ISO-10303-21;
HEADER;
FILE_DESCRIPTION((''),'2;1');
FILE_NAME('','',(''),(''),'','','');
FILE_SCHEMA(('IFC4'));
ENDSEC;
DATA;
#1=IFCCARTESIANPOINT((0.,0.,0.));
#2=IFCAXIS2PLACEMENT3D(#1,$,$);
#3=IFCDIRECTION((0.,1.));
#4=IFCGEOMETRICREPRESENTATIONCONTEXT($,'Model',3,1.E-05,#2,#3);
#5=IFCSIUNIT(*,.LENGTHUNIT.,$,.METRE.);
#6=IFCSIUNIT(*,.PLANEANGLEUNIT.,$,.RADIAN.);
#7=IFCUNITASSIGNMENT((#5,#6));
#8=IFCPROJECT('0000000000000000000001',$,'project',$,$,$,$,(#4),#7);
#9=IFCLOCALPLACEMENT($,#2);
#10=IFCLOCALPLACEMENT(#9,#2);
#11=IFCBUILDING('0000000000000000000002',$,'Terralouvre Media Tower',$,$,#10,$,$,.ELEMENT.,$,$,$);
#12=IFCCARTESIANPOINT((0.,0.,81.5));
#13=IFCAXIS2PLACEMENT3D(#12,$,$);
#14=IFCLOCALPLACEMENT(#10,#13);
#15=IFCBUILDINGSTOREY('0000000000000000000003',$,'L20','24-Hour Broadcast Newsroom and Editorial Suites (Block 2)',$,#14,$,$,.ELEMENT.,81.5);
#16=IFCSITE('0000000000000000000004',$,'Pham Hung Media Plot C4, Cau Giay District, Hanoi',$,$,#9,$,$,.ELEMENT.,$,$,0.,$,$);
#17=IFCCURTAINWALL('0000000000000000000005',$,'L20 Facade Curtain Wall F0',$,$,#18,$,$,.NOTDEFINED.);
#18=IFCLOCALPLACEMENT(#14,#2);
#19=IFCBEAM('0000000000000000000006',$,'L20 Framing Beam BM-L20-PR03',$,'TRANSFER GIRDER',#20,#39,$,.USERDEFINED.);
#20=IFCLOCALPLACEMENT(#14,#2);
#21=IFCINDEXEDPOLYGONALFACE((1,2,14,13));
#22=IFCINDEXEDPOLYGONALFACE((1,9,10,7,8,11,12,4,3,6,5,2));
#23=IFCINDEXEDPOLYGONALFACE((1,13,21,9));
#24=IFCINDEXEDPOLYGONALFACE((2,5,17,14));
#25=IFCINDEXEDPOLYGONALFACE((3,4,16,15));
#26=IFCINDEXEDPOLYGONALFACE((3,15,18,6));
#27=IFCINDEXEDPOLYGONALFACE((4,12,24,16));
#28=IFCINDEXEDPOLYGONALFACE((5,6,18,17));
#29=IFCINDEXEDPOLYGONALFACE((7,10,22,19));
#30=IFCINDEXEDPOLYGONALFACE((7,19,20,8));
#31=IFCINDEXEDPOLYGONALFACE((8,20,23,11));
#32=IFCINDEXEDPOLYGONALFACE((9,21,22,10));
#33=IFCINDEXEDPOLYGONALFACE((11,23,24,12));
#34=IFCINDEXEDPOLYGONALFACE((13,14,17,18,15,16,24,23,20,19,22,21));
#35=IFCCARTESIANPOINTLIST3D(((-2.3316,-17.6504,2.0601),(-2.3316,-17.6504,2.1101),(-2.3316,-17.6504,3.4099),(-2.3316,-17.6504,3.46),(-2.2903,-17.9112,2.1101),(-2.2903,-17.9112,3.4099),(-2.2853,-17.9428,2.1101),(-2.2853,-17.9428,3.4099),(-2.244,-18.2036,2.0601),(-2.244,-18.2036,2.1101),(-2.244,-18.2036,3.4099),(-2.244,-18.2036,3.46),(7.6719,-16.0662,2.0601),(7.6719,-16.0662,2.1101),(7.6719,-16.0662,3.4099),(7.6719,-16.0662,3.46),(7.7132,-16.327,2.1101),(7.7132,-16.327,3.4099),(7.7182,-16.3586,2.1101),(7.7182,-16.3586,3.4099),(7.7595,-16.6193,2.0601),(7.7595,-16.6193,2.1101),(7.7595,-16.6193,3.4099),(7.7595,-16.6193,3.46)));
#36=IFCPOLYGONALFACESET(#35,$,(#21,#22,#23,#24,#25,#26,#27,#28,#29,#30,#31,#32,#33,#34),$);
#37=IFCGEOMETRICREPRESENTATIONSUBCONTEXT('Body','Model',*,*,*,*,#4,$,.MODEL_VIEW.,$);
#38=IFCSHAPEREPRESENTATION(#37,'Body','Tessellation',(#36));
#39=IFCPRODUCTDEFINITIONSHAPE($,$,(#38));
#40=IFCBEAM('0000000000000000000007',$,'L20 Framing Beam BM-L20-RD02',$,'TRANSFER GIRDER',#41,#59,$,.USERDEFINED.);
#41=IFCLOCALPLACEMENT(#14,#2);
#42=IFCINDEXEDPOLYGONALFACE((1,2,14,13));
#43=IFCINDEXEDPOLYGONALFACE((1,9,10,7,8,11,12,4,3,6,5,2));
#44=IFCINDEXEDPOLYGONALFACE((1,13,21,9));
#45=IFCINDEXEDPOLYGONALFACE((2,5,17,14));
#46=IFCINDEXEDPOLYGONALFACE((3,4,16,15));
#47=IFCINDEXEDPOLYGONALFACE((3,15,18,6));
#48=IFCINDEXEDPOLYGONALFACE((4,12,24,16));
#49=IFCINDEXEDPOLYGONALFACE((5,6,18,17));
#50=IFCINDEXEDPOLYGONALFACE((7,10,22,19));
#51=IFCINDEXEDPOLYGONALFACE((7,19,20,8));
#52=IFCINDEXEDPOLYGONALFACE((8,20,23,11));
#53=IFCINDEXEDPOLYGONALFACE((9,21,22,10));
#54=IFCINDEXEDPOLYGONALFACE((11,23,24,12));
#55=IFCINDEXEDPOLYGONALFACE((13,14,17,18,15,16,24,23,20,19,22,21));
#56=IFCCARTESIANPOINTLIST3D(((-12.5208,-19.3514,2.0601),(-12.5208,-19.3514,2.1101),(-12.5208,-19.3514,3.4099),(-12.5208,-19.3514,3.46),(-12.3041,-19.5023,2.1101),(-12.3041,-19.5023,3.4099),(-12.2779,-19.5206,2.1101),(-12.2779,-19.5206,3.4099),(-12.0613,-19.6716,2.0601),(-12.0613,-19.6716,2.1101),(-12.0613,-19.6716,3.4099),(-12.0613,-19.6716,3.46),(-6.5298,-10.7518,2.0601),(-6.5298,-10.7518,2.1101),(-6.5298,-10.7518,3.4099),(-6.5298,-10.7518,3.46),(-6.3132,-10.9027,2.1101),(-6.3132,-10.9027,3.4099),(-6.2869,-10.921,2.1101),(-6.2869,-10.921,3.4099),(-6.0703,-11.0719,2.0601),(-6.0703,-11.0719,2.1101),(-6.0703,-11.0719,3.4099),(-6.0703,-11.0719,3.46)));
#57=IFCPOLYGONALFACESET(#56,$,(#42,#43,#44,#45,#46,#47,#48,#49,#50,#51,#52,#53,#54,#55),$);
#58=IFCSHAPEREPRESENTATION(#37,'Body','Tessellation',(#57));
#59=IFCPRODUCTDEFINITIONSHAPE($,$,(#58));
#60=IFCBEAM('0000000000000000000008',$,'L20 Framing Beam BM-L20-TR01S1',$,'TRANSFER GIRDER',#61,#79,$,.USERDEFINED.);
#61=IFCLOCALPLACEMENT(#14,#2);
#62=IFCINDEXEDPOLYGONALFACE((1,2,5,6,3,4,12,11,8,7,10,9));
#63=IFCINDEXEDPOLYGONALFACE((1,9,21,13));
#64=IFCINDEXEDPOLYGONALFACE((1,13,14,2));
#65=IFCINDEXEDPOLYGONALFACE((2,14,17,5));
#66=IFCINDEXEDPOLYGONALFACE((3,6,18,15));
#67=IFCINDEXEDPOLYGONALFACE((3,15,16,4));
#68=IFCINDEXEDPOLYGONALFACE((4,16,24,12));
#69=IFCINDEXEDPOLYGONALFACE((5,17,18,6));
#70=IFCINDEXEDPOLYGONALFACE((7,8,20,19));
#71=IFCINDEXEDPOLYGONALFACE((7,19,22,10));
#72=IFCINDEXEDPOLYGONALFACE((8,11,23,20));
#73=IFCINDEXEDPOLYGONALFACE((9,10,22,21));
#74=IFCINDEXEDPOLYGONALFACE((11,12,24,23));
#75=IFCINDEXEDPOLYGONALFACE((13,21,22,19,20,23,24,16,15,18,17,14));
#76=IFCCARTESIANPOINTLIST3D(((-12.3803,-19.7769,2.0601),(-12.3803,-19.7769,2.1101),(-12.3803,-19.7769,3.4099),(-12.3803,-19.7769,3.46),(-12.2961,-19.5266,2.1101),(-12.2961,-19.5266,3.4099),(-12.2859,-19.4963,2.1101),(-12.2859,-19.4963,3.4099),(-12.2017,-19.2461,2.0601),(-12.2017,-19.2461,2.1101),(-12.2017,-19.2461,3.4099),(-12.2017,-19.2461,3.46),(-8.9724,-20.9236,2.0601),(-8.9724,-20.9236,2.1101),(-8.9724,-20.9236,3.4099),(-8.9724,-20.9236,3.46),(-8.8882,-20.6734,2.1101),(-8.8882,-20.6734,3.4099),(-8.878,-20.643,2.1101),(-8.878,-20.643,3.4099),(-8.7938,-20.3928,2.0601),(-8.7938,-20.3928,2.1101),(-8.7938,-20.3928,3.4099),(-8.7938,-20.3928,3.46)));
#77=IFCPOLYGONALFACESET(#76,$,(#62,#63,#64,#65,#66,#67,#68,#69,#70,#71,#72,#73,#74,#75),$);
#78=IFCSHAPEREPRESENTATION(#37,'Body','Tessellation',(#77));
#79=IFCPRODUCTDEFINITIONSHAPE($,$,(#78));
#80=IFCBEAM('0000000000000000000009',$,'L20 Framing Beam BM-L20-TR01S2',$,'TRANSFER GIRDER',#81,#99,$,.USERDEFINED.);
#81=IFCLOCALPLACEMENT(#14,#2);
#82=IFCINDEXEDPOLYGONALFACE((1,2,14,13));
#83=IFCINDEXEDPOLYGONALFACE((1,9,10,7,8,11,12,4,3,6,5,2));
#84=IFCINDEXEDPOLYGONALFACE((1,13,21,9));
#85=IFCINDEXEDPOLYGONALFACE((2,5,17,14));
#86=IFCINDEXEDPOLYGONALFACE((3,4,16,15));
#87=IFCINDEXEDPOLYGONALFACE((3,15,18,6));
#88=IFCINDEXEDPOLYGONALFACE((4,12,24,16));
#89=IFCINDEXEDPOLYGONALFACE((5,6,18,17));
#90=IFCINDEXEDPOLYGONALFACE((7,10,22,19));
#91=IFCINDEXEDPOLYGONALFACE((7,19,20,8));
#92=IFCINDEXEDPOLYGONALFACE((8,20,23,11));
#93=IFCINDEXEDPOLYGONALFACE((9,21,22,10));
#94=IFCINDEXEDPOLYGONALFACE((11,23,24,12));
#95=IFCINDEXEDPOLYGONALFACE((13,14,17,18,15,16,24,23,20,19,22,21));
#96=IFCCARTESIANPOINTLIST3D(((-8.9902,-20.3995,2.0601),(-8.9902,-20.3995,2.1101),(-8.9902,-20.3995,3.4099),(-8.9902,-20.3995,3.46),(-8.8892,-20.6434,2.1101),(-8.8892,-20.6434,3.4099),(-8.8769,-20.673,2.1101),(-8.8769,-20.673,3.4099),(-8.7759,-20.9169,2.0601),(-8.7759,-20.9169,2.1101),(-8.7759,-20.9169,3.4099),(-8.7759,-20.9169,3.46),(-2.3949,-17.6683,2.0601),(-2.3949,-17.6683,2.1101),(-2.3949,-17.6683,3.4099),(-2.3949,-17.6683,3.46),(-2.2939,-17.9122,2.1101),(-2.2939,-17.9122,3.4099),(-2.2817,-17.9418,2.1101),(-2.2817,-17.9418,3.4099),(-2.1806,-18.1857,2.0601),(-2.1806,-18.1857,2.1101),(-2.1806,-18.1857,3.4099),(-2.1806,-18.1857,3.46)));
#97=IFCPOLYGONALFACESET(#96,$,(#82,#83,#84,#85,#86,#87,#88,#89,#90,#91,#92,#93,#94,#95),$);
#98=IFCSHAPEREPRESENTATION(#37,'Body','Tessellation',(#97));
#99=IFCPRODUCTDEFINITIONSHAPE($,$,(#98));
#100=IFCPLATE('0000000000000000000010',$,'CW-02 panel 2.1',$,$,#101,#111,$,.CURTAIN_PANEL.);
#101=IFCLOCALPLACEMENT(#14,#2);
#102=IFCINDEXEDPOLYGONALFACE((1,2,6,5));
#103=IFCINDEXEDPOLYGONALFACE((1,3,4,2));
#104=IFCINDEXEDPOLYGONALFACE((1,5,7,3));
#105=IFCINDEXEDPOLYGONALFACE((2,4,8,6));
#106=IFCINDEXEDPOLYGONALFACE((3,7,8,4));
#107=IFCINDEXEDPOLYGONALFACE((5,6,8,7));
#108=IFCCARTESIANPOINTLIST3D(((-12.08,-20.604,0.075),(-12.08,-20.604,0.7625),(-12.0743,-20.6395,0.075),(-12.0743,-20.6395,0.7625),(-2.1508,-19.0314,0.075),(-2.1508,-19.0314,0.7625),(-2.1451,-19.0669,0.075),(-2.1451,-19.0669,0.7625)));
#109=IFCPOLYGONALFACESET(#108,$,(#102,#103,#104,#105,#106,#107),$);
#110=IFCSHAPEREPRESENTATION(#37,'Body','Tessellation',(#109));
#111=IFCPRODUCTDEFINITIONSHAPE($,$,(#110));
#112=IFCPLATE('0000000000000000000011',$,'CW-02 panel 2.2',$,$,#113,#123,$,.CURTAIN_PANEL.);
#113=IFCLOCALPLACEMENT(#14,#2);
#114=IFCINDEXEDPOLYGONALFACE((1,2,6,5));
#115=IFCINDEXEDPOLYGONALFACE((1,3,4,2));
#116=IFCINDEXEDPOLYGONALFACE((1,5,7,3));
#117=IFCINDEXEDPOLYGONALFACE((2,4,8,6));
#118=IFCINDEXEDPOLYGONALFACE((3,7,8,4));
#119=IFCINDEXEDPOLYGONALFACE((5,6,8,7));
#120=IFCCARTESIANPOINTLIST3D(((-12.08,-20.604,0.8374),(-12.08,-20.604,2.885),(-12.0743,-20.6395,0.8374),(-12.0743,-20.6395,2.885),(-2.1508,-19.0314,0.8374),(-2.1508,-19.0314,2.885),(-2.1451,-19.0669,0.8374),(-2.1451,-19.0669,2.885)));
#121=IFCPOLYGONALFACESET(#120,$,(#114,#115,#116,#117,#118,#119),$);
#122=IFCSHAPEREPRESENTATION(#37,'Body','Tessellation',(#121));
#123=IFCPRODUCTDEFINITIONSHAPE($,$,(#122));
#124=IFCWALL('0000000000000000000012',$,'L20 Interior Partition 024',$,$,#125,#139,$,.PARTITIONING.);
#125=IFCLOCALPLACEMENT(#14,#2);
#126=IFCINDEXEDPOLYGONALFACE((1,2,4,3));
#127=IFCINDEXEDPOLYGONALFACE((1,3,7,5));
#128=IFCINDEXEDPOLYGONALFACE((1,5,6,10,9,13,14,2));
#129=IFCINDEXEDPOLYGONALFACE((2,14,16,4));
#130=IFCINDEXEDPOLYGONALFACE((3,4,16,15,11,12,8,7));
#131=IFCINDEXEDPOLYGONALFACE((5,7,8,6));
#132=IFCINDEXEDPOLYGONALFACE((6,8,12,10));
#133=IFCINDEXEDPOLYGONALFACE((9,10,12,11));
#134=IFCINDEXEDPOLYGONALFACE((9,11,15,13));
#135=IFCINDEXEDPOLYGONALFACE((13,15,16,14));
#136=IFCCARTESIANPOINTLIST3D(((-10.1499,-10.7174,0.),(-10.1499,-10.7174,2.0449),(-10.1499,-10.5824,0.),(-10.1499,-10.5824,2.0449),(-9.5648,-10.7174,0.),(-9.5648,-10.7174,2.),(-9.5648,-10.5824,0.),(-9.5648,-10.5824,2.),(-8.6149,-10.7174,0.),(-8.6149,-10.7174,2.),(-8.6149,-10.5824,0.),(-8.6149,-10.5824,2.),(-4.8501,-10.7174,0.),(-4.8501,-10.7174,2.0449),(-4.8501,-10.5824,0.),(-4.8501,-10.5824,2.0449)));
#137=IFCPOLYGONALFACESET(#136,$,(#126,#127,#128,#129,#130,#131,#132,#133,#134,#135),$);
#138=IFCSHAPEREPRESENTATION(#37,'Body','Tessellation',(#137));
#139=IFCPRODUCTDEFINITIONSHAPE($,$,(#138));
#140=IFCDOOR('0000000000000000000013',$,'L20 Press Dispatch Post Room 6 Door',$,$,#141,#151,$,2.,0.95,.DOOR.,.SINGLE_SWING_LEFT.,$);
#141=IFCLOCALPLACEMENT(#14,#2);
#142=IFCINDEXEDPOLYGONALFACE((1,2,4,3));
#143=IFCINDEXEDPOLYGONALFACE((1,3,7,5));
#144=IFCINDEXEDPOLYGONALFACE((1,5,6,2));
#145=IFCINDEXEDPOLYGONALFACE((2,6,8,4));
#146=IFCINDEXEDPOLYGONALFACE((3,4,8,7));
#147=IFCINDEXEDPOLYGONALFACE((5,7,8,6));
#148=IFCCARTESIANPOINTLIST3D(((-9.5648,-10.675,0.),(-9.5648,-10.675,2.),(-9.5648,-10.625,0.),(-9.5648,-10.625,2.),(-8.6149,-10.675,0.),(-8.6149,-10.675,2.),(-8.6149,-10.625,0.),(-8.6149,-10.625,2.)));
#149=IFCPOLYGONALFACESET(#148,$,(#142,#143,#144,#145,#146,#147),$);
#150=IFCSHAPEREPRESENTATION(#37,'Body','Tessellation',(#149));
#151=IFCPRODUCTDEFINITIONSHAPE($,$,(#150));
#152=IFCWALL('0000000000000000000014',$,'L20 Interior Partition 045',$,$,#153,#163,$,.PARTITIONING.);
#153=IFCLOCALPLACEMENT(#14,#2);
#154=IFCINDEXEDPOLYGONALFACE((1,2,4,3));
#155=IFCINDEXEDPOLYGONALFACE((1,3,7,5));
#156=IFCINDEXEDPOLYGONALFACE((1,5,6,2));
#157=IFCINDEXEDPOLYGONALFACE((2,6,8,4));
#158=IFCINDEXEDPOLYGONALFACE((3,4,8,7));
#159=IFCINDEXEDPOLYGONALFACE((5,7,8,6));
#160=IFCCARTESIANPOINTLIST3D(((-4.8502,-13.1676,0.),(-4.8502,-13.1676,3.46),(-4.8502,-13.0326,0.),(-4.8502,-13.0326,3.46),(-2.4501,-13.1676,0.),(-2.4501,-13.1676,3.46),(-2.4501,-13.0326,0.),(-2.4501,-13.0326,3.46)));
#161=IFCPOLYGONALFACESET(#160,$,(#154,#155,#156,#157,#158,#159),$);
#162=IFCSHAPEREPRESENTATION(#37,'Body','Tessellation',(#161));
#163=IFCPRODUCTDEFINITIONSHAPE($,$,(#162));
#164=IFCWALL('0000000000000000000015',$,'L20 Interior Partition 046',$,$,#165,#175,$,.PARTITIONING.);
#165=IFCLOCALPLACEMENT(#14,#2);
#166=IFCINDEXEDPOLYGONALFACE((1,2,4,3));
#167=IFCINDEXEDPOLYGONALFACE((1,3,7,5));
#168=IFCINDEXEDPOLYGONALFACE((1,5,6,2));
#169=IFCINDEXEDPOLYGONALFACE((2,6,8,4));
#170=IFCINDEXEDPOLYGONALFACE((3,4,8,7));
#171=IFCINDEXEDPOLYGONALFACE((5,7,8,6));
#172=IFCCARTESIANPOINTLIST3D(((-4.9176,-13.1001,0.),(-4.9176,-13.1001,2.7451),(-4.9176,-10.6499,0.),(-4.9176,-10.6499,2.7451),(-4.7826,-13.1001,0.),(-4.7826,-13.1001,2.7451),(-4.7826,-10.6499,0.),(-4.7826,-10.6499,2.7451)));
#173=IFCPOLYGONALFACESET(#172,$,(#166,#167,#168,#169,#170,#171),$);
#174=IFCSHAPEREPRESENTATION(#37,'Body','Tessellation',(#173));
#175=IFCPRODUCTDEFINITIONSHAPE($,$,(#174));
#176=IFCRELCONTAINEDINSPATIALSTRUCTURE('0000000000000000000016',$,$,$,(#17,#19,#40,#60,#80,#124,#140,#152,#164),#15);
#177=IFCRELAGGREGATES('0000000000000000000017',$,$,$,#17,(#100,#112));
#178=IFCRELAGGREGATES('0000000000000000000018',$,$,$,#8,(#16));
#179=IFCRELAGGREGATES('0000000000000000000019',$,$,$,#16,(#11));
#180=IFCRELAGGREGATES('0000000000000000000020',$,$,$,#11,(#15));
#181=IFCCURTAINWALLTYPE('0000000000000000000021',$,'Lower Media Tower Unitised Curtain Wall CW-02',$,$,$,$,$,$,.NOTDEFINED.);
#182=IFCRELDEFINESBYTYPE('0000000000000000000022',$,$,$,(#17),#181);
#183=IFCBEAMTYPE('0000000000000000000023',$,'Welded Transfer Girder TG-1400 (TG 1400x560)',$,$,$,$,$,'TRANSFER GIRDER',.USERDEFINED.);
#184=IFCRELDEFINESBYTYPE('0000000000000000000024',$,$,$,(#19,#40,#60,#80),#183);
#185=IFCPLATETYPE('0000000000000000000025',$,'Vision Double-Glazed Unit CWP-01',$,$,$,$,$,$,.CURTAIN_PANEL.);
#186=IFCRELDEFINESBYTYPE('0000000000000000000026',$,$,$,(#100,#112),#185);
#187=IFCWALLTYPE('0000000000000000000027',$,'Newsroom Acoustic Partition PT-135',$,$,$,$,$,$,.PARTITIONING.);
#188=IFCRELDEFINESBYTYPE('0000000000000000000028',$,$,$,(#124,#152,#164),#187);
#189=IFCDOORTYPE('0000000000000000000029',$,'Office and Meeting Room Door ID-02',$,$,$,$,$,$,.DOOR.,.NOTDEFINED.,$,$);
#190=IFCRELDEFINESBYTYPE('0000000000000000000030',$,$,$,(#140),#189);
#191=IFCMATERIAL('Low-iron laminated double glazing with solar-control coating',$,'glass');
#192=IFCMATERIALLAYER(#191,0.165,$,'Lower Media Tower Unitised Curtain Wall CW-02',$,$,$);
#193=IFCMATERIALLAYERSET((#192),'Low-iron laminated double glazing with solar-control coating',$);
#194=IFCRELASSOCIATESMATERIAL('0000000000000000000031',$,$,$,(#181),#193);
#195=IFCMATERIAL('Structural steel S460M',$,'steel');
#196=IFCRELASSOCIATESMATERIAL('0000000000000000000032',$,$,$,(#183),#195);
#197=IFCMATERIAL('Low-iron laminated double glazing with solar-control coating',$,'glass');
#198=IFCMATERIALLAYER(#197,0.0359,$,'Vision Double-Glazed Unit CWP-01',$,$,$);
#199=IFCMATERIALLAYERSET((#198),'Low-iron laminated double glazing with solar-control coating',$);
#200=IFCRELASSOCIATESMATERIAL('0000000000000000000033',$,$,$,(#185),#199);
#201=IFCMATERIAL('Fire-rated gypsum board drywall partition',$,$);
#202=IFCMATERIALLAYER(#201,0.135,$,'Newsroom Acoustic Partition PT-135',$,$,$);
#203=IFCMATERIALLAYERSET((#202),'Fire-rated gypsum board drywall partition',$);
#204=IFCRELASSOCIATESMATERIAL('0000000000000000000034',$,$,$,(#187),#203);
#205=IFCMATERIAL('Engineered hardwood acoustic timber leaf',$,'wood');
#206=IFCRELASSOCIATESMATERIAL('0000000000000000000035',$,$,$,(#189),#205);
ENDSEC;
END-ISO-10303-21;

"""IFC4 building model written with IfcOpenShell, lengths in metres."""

from ifc_helpers import new_model, si_unit, direction, frame, frame_2d, origin, origin_2d, place, context, subcontext, project, spatial, rectangle, i_section, extrude, material, layer, layer_set, material_profile, profile_set, type_object, element, fill, aggregate, save


model = new_model("IFC4")

# Units and contexts
model_context = context("Model", 3, precision=1e-05, world=origin(), true_north=direction((0.0, 1.0)))
body_context = subcontext(model_context, "Body", "Model", "MODEL_VIEW")
ifc_project = project(units=[si_unit("LENGTHUNIT", "METRE"), si_unit("PLANEANGLEUNIT", "RADIAN")], contexts=[model_context])

# Site, building, storey
site_placement = place(None, origin())
site = spatial("IfcSite", under=ifc_project, at=site_placement, Name="Pham Hung Media Plot C4, Cau Giay District, Hanoi", CompositionType="ELEMENT", RefElevation=0.0)
building_placement = place(site_placement, origin())
building = spatial("IfcBuilding", under=site, at=building_placement, Name="Terralouvre Media Tower", CompositionType="ELEMENT")
storey_placement = place(building_placement, frame((0.0, 0.0, 81.5)))
storey = spatial("IfcBuildingStorey", under=building, at=storey_placement, Name="L20", Description="24-Hour Broadcast Newsroom and Editorial Suites (Block 2)", CompositionType="ELEMENT", Elevation=81.5)

# Curtain wall
ifc_material_1 = material(Name="Low-iron laminated double glazing with solar-control coating", Category="glass")
ifc_layer_1 = layer(ifc_material_1, 0.165, Name="Lower Media Tower Unitised Curtain Wall CW-02")
ifc_layer_set_1 = layer_set([ifc_layer_1], Name="Low-iron laminated double glazing with solar-control coating")
curtain_wall_type = type_object("IfcCurtainWallType", Name="Lower Media Tower Unitised Curtain Wall CW-02", PredefinedType="NOTDEFINED", material=ifc_layer_set_1)
curtain_wall_placement = place(storey_placement, origin())
curtain_wall = element("IfcCurtainWall", 1, at=curtain_wall_placement, inside=storey, type_object=curtain_wall_type, Name="L20 Facade Curtain Wall F0", PredefinedType="NOTDEFINED")

# Beams
ifc_material_2 = material(Name="Structural steel S460M", Category="steel")
ifc_material_profile_1 = material_profile(ifc_material_2, i_section(OverallWidth=0.5601, OverallDepth=1.3999, WebThickness=0.032, FlangeThickness=0.05, at=origin_2d()), Name="TG 1400x560")
ifc_profile_set_1 = profile_set([ifc_material_profile_1], Name="Structural steel S460M")
beam_type_1 = type_object("IfcBeamType", Name="Welded Transfer Girder TG-1400 (TG 1400x560)", ElementType="TRANSFER GIRDER", PredefinedType="USERDEFINED", material=ifc_profile_set_1)
beam_1_placement = place(storey_placement, frame((-2.2878, -17.927, 2.76), z_axis=(0.987691, 0.156419, 0.0), x_axis=(-0.156419, 0.987691, 0.0)))
element("IfcBeam", 2, at=beam_1_placement, inside=storey, type_object=beam_type_1, Name="L20 Framing Beam BM-L20-PR03", ObjectType="TRANSFER GIRDER", PredefinedType="USERDEFINED", context=body_context, shape_type="SweptSolid", body=[
    extrude(i_section(OverallWidth=0.5601, OverallDepth=1.3999, WebThickness=0.032, FlangeThickness=0.05, at=origin_2d()), origin(), (0.0, 0.0, 1.0), 10.1282),
])
beam_2_placement = place(storey_placement, frame((-6.3, -10.9119, 2.76), z_axis=(-0.571619, -0.820519, 0.0), x_axis=(0.820519, -0.571619, 0.0)))
element("IfcBeam", 3, at=beam_2_placement, inside=storey, type_object=beam_type_1, Name="L20 Framing Beam BM-L20-RD02", ObjectType="TRANSFER GIRDER", PredefinedType="USERDEFINED", context=body_context, shape_type="SweptSolid", body=[
    extrude(i_section(OverallWidth=0.5601, OverallDepth=1.3999, WebThickness=0.032, FlangeThickness=0.05, at=origin_2d()), origin(), (0.0, 0.0, 1.0), 10.4807),
])
beam_3_placement = place(storey_placement, frame((-8.8831, -20.6582, 2.76), z_axis=(-0.947783, 0.318915, 0.0), x_axis=(-0.318915, -0.947783, 0.0)))
element("IfcBeam", 4, at=beam_3_placement, inside=storey, type_object=beam_type_1, Name="L20 Framing Beam BM-L20-TR01S1", ObjectType="TRANSFER GIRDER", PredefinedType="USERDEFINED", context=body_context, shape_type="SweptSolid", body=[
    extrude(i_section(OverallWidth=0.5601, OverallDepth=1.3999, WebThickness=0.032, FlangeThickness=0.05, at=origin_2d()), origin(), (0.0, 0.0, 1.0), 3.5957),
])
beam_4_placement = place(storey_placement, frame((-8.8831, -20.6582, 2.76), z_axis=(0.923911, 0.382609, 0.0), x_axis=(-0.382609, 0.923911, 0.0)))
element("IfcBeam", 5, at=beam_4_placement, inside=storey, type_object=beam_type_1, Name="L20 Framing Beam BM-L20-TR01S2", ObjectType="TRANSFER GIRDER", PredefinedType="USERDEFINED", context=body_context, shape_type="SweptSolid", body=[
    extrude(i_section(OverallWidth=0.5601, OverallDepth=1.3999, WebThickness=0.032, FlangeThickness=0.05, at=origin_2d()), origin(), (0.0, 0.0, 1.0), 7.1384),
])

# Plates
ifc_material_3 = material(Name="Low-iron laminated double glazing with solar-control coating", Category="glass")
ifc_layer_2 = layer(ifc_material_3, 0.0359, Name="Vision Double-Glazed Unit CWP-01")
ifc_layer_set_2 = layer_set([ifc_layer_2], Name="Low-iron laminated double glazing with solar-control coating")
plate_type = type_object("IfcPlateType", Name="Vision Double-Glazed Unit CWP-01", PredefinedType="CURTAIN_PANEL", material=ifc_layer_set_2)
plate_1_placement = place(storey_placement, frame((-7.1125, -19.8354, 0.075), z_axis=(0.0, 0.0, 1.0), x_axis=(0.987688, 0.156434, 0.0)))
plate_1 = element("IfcPlate", 6, at=plate_1_placement, type_object=plate_type, Name="CW-02 panel 2.1", PredefinedType="CURTAIN_PANEL", context=body_context, shape_type="SweptSolid", body=[
    extrude(rectangle(XDim=10.053, YDim=0.0359, at=origin_2d()), origin(), (0.0, 0.0, 1.0), 0.6875),
])
plate_2_placement = place(storey_placement, frame((-7.1125, -19.8354, 0.8374), z_axis=(0.0, 0.0, 1.0), x_axis=(0.987688, 0.156434, 0.0)))
plate_2 = element("IfcPlate", 7, at=plate_2_placement, type_object=plate_type, Name="CW-02 panel 2.2", PredefinedType="CURTAIN_PANEL", context=body_context, shape_type="SweptSolid", body=[
    extrude(rectangle(XDim=10.053, YDim=0.0359, at=origin_2d()), origin(), (0.0, 0.0, 1.0), 2.0476),
])
aggregate(curtain_wall, [plate_1, plate_2])

# Wall, opening, door
ifc_material_4 = material(Name="Fire-rated gypsum board drywall partition")
ifc_layer_3 = layer(ifc_material_4, 0.135, Name="Newsroom Acoustic Partition PT-135")
ifc_layer_set_3 = layer_set([ifc_layer_3], Name="Fire-rated gypsum board drywall partition")
wall_type_1 = type_object("IfcWallType", Name="Newsroom Acoustic Partition PT-135", PredefinedType="PARTITIONING", material=ifc_layer_set_3)
wall_1_placement = place(storey_placement, frame((-10.1499, -10.6499, 0.0), z_axis=(0.0, 0.0, 1.0), x_axis=(1.0, 0.0, 0.0)))
wall_1 = element("IfcWall", 8, at=wall_1_placement, inside=storey, type_object=wall_type_1, Name="L20 Interior Partition 024", PredefinedType="PARTITIONING", context=body_context, shape_type="SweptSolid", body=[
    extrude(rectangle(XDim=5.2998, YDim=0.135, at=frame_2d((2.6499, 0.0))), origin(), (0.0, 0.0, 1.0), 2.0449),
])
opening_1_placement = place(wall_1_placement, frame((0.585, 0.0, 0.0)))
opening_1 = element("IfcOpeningElement", 9, at=opening_1_placement, cuts=wall_1, PredefinedType="OPENING", context=body_context, shape_type="SweptSolid", body=[
    extrude(rectangle(XDim=0.95, YDim=2.0, at=frame_2d((0.4751, 1.0))), frame((0.0, 0.0774, 0.0), z_axis=(0.0, -1.0, 0.0), x_axis=(1.0, 0.0, 0.0)), (0.0, 0.0, 1.0), 0.155),
])
ifc_material_5 = material(Name="Engineered hardwood acoustic timber leaf", Category="wood")
door_type_1 = type_object("IfcDoorType", Name="Office and Meeting Room Door ID-02", OperationType="NOTDEFINED", PredefinedType="DOOR", material=ifc_material_5)
door_1_placement = place(opening_1_placement, origin())
door_1 = element("IfcDoor", 10, at=door_1_placement, inside=storey, type_object=door_type_1, Name="L20 Press Dispatch Post Room 6 Door", OperationType="SINGLE_SWING_LEFT", OverallHeight=2.0, OverallWidth=0.95, PredefinedType="DOOR", context=body_context, shape_type="SweptSolid", body=[
    extrude(rectangle(XDim=0.95, YDim=2.0, at=frame_2d((0.4751, 1.0))), frame((0.0, 0.0249, 0.0), z_axis=(0.0, -1.0, 0.0), x_axis=(1.0, 0.0, 0.0)), (0.0, 0.0, 1.0), 0.05),
])
fill(opening_1, door_1)

# Walls
wall_2_placement = place(storey_placement, frame((-2.45, -13.1001, 0.0), z_axis=(0.0, 0.0, 1.0), x_axis=(-1.0, 0.0, 0.0)))
element("IfcWall", 11, at=wall_2_placement, inside=storey, type_object=wall_type_1, Name="L20 Interior Partition 045", PredefinedType="PARTITIONING", context=body_context, shape_type="SweptSolid", body=[
    extrude(rectangle(XDim=2.4001, YDim=0.135, at=frame_2d((1.2002, 0.0))), origin(), (0.0, 0.0, 1.0), 3.46),
])
wall_3_placement = place(storey_placement, frame((-4.8501, -13.1001, 0.0), z_axis=(0.0, 0.0, 1.0), x_axis=(0.0, 1.0, 0.0)))
element("IfcWall", 12, at=wall_3_placement, inside=storey, type_object=wall_type_1, Name="L20 Interior Partition 046", PredefinedType="PARTITIONING", context=body_context, shape_type="SweptSolid", body=[
    extrude(rectangle(XDim=2.4502, YDim=0.135, at=frame_2d((1.2251, 0.0))), origin(), (0.0, 0.0, 1.0), 2.7451),
])

save(model, "model.ifc")
